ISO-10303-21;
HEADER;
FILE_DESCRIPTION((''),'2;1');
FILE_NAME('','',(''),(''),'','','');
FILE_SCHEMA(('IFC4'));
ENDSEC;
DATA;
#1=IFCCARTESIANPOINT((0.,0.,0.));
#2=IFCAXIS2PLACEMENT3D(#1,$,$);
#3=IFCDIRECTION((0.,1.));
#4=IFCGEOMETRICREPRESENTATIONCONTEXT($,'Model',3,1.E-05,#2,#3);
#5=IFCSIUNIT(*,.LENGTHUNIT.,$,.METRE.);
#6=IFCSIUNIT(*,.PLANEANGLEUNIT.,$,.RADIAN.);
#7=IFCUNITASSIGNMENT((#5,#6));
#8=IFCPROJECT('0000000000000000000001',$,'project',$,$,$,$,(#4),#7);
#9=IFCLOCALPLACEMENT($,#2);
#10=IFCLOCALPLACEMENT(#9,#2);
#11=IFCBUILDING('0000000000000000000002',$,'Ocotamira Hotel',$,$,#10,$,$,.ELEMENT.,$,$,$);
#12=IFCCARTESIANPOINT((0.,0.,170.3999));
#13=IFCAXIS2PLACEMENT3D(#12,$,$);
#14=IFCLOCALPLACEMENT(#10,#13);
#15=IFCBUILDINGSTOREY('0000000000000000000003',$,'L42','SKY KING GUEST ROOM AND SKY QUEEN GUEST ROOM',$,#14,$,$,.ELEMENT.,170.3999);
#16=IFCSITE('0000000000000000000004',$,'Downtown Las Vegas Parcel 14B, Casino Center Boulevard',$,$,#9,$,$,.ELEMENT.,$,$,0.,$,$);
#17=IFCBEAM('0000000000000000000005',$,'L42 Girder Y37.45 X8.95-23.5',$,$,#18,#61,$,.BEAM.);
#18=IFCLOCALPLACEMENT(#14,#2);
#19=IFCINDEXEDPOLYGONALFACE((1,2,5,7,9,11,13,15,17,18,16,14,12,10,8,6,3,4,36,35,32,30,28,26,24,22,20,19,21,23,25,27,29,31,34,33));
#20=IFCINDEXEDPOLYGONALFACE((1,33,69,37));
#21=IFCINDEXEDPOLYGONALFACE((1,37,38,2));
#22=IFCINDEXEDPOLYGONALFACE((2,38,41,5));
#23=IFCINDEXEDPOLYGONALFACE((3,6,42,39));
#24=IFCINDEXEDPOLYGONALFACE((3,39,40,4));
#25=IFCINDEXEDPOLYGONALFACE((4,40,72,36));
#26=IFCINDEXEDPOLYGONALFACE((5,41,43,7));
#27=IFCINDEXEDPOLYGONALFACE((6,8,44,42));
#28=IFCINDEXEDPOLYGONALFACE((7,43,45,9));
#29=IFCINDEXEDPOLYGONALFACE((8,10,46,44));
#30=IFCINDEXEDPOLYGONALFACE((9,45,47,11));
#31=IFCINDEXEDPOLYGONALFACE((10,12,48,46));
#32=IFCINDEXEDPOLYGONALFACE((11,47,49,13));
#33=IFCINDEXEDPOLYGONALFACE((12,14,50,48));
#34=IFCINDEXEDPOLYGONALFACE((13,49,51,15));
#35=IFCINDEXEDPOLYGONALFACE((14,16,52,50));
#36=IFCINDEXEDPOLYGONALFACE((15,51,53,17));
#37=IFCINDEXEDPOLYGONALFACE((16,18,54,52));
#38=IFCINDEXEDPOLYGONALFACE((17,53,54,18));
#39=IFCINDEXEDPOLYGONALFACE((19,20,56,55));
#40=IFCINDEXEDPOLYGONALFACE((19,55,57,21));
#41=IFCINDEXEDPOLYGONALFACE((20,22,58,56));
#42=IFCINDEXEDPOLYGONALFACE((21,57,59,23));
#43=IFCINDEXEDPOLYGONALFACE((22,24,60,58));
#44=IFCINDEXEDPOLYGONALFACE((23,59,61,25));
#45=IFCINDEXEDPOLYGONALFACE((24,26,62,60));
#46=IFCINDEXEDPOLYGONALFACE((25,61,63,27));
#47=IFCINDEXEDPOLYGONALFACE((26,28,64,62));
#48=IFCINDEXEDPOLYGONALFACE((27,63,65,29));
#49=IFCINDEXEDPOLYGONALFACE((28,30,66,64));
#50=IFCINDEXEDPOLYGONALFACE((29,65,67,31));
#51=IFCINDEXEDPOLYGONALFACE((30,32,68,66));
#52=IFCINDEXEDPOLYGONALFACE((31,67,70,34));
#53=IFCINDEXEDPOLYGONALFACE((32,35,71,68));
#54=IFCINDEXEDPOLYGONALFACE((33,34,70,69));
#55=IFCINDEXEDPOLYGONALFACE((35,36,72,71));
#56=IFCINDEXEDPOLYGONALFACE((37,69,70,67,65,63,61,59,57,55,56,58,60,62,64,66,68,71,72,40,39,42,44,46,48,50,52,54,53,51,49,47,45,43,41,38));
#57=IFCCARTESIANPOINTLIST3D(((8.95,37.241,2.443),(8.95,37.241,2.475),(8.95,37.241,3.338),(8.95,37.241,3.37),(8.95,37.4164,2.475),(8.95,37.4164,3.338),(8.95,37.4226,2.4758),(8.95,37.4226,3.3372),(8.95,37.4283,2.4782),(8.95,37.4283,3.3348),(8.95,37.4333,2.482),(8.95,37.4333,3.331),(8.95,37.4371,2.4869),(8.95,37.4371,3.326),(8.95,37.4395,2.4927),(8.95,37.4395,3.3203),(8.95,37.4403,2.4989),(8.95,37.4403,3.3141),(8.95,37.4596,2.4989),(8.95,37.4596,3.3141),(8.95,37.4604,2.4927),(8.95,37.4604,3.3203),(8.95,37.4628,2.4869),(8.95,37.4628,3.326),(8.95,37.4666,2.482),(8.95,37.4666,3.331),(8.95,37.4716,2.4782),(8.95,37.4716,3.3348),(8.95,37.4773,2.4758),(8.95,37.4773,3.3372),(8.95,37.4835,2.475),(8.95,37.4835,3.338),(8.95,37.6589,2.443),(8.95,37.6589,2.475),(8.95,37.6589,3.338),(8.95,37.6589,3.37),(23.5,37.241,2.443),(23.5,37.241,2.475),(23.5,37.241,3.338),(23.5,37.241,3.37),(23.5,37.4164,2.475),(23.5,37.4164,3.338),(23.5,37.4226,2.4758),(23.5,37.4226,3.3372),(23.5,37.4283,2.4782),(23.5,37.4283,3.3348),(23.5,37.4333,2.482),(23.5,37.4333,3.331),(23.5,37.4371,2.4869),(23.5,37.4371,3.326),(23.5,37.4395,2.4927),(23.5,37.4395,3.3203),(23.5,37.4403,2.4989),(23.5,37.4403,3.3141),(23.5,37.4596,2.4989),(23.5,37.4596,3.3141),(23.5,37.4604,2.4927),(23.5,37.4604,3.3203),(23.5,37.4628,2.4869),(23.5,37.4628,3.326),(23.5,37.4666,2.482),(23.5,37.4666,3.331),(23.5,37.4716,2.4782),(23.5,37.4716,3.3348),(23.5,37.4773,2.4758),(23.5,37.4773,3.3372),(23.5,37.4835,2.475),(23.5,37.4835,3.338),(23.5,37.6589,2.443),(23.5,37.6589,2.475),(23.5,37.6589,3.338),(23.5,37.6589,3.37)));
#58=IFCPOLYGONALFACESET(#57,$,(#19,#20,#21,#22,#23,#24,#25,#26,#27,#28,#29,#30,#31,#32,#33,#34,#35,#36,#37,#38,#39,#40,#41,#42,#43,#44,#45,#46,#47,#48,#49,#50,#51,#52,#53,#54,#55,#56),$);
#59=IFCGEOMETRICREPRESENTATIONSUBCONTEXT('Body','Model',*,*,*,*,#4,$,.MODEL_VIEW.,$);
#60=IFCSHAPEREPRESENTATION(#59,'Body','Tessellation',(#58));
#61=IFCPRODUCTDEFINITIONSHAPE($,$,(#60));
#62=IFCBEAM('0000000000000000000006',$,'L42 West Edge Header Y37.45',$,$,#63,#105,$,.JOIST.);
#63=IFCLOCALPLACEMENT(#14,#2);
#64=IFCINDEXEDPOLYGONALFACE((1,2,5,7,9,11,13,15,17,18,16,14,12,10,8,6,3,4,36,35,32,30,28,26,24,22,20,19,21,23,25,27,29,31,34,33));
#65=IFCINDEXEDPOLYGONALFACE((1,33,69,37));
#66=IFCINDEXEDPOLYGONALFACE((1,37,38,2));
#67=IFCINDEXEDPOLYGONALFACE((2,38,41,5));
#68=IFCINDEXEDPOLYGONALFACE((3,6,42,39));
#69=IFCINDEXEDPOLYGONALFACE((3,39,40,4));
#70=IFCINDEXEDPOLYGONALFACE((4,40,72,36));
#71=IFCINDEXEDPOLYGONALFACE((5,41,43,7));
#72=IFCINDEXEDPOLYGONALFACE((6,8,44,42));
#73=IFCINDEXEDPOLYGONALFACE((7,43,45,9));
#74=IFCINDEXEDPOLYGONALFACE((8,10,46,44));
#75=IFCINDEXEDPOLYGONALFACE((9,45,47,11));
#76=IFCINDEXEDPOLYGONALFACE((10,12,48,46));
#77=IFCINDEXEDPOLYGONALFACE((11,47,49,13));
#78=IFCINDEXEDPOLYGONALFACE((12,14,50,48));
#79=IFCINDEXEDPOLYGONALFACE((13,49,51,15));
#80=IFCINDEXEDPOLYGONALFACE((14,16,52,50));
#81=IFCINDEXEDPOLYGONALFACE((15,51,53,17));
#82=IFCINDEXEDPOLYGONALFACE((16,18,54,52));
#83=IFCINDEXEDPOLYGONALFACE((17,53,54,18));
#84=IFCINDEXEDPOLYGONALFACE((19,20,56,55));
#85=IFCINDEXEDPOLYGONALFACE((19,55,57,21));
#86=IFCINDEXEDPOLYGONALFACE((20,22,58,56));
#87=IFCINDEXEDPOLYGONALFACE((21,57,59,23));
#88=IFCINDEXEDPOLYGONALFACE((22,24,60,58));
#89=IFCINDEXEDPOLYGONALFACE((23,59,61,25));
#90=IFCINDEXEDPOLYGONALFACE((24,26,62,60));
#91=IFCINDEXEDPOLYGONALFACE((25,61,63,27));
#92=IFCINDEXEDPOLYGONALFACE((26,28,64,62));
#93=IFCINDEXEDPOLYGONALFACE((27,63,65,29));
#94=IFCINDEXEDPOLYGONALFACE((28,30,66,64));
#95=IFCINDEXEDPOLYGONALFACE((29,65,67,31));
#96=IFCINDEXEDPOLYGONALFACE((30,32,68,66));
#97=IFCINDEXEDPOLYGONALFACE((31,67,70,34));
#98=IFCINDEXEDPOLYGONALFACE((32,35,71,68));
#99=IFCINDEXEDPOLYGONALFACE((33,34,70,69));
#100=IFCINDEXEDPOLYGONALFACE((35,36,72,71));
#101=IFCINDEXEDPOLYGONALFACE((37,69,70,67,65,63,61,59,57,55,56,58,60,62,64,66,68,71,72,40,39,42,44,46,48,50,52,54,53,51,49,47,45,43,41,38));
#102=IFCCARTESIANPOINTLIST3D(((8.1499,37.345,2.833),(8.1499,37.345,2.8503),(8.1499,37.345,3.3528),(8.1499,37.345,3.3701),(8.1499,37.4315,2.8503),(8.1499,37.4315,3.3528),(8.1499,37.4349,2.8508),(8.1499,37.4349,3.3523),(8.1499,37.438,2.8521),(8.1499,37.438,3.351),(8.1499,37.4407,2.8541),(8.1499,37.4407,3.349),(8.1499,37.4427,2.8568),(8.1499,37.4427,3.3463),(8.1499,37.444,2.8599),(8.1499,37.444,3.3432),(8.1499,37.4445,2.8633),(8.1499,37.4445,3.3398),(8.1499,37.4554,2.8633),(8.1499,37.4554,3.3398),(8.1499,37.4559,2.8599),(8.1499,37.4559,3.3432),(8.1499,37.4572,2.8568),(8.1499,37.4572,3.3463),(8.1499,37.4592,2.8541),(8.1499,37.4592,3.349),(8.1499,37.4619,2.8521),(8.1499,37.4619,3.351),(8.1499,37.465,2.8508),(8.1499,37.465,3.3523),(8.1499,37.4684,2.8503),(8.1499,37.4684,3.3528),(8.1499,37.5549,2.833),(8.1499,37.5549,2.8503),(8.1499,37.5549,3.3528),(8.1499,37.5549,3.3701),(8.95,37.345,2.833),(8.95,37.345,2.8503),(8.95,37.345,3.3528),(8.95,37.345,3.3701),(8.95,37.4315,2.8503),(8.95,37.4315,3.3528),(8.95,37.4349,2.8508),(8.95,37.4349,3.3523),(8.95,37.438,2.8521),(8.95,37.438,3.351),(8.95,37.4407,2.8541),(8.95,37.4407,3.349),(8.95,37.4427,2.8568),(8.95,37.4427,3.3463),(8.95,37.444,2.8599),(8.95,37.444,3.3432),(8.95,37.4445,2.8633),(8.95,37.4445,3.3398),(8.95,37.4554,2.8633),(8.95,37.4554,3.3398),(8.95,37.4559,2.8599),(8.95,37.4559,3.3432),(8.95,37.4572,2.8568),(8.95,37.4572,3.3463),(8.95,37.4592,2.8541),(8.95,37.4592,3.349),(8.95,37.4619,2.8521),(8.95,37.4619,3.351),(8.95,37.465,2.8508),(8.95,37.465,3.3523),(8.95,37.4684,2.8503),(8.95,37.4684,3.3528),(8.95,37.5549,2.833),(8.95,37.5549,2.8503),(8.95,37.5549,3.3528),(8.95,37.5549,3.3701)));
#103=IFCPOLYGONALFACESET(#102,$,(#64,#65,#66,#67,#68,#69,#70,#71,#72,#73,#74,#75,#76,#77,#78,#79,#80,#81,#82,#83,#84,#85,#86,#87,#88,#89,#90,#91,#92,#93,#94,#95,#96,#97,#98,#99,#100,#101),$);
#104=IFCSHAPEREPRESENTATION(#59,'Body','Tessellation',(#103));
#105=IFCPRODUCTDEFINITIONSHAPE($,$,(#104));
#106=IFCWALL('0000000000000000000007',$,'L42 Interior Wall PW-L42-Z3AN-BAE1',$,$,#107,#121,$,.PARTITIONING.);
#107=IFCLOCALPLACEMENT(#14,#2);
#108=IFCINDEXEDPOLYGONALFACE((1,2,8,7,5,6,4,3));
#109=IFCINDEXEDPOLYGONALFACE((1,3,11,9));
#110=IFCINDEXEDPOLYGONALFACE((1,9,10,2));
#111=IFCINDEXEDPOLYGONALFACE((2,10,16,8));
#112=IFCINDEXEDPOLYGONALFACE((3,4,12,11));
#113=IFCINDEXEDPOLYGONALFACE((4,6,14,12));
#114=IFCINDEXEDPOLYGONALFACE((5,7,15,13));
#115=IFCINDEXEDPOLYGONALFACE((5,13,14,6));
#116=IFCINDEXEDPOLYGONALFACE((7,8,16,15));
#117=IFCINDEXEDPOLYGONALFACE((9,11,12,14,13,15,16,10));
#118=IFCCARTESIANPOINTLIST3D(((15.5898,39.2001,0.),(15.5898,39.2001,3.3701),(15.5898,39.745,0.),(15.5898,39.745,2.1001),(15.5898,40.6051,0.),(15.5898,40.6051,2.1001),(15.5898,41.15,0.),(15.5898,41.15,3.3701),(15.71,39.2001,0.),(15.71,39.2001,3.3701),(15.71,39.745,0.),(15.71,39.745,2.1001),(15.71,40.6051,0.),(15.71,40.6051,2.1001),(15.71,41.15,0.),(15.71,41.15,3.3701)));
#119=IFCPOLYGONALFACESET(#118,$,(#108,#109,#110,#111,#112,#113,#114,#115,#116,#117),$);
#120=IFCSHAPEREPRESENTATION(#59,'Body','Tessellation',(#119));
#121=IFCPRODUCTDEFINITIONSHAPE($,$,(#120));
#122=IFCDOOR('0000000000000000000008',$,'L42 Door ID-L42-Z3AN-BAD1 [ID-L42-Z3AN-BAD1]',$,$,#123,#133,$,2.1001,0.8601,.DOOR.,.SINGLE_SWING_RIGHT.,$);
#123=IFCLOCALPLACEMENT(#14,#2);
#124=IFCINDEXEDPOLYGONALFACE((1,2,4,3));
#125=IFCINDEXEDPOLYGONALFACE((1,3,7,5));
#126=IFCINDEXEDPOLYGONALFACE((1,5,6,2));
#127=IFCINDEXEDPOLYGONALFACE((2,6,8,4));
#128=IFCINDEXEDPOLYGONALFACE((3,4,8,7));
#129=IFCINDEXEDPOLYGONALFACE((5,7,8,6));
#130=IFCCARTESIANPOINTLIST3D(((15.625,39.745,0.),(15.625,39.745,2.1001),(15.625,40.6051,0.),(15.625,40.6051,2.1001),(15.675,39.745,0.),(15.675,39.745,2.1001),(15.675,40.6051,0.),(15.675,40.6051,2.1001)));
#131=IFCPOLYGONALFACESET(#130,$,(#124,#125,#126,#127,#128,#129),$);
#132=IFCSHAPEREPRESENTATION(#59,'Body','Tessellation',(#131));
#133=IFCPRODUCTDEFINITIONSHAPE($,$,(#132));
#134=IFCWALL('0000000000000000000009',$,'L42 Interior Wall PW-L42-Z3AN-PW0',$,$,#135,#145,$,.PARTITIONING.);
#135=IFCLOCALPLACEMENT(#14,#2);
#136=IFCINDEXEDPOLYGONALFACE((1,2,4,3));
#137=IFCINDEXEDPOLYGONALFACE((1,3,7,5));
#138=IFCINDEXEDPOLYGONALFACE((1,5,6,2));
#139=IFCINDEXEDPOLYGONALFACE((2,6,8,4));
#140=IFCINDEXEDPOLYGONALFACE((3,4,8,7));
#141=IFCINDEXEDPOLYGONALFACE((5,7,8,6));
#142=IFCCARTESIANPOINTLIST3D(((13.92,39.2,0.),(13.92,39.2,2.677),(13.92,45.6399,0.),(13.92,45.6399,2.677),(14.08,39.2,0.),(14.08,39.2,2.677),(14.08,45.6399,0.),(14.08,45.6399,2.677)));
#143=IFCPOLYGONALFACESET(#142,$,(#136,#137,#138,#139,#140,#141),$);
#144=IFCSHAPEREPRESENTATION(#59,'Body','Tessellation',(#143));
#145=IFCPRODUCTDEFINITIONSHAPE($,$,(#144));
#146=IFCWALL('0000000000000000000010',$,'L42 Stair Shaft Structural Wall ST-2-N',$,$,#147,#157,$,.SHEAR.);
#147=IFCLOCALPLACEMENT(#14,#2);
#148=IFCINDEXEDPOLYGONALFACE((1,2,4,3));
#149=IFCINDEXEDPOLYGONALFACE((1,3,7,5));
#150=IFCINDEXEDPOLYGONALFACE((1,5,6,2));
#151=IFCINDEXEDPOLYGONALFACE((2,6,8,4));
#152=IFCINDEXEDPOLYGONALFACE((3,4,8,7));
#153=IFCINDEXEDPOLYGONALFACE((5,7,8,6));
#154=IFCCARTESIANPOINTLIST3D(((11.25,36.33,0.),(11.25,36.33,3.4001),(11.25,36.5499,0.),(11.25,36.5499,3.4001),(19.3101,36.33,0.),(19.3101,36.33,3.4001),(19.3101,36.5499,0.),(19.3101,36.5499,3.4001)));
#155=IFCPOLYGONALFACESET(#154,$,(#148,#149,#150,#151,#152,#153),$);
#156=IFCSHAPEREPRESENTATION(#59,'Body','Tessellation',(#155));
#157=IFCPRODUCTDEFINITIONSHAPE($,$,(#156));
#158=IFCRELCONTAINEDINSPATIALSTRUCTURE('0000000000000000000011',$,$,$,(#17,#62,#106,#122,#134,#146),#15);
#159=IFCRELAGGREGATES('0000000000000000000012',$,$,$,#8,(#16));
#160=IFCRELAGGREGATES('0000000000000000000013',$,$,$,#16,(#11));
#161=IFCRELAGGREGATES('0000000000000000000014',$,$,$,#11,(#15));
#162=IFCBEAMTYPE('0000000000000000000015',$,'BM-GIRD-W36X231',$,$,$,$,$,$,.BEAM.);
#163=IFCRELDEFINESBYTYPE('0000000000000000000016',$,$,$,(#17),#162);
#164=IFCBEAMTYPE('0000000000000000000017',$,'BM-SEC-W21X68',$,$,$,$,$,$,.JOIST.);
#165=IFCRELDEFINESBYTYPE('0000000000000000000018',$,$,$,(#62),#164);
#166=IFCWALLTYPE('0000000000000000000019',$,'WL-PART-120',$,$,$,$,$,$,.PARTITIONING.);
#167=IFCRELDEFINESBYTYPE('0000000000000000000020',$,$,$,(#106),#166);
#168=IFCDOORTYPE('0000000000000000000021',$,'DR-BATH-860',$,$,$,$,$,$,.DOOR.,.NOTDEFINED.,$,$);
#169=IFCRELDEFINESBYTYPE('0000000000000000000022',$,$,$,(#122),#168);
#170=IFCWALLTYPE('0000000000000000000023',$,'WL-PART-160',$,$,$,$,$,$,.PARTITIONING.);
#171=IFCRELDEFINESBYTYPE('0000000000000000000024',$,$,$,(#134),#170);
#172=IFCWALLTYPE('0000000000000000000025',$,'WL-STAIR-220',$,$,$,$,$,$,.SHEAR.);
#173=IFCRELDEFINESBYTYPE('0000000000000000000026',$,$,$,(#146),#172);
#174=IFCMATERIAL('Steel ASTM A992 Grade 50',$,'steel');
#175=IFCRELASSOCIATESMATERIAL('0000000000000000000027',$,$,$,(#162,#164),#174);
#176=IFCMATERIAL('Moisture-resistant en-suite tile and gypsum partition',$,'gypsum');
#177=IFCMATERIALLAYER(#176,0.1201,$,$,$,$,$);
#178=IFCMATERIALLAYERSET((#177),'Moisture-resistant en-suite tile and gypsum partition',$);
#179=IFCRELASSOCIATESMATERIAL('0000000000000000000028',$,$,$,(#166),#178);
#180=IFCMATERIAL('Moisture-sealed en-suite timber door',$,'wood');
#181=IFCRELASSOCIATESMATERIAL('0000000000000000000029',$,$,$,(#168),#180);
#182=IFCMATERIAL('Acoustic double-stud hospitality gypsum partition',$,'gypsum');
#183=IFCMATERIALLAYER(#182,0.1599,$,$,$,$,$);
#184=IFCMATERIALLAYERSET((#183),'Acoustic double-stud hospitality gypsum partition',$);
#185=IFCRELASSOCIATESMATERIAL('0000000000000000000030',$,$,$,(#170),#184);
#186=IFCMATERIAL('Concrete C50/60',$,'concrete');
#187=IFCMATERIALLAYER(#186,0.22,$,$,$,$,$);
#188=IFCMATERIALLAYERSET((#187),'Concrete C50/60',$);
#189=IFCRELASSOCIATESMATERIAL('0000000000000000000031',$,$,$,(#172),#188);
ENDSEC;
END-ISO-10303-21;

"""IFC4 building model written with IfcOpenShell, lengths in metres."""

from ifc_helpers import new_model, si_unit, direction, frame, frame_2d, origin, origin_2d, place, context, subcontext, project, spatial, rectangle, i_section, extrude, source, transform, mapped, material, layer, layer_set, material_profile, profile_set, type_object, element, fill, save


model = new_model("IFC4")

# Units and contexts
model_context = context("Model", 3, precision=1e-05, world=origin(), true_north=direction((0.0, 1.0)))
body_context = subcontext(model_context, "Body", "Model", "MODEL_VIEW")
ifc_project = project(units=[si_unit("LENGTHUNIT", "METRE"), si_unit("PLANEANGLEUNIT", "RADIAN")], contexts=[model_context])

# Site, building, storey
site_placement = place(None, origin())
site = spatial("IfcSite", under=ifc_project, at=site_placement, Name="Downtown Las Vegas Parcel 14B, Casino Center Boulevard", CompositionType="ELEMENT", RefElevation=0.0)
building_placement = place(site_placement, origin())
building = spatial("IfcBuilding", under=site, at=building_placement, Name="Ocotamira Hotel", CompositionType="ELEMENT")
storey_placement = place(building_placement, frame((0.0, 0.0, 170.3999)))
storey = spatial("IfcBuildingStorey", under=building, at=storey_placement, Name="L42", Description="SKY KING GUEST ROOM AND SKY QUEEN GUEST ROOM", CompositionType="ELEMENT", Elevation=170.3999)

# Beams
ifc_material_1 = material(Name="Steel ASTM A992 Grade 50", Category="steel")
ifc_material_profile_1 = material_profile(ifc_material_1, i_section(OverallWidth=0.418, OverallDepth=0.927, WebThickness=0.0193, FlangeThickness=0.032, FilletRadius=0.0239, at=origin_2d()), Name="W36X231")
ifc_profile_set_1 = profile_set([ifc_material_profile_1], Name="Steel ASTM A992 Grade 50")
beam_type_1 = type_object("IfcBeamType", Name="BM-GIRD-W36X231", PredefinedType="BEAM", material=ifc_profile_set_1)
shared_shape_1 = source(origin(), body_context, "Body", "SweptSolid", [
    extrude(i_section(OverallWidth=0.418, OverallDepth=0.927, WebThickness=0.0193, FlangeThickness=0.032, FilletRadius=0.0239, at=origin_2d()), origin(), (0.0, 0.0, 1.0), 14.55),
])
beam_1_placement = place(storey_placement, frame((8.95, 37.45, 2.9065), z_axis=(1.0, 0.0, 0.0), x_axis=(0.0, 1.0, 0.0)))
element("IfcBeam", 1, at=beam_1_placement, inside=storey, type_object=beam_type_1, Name="L42 Girder Y37.45 X8.95-23.5", PredefinedType="BEAM", context=body_context, shape_type="MappedRepresentation", body=[
    mapped(shared_shape_1, transform((0.0, 0.0, 0.0), scale=1.0)),
])
ifc_material_profile_2 = material_profile(ifc_material_1, i_section(OverallWidth=0.21, OverallDepth=0.5371, WebThickness=0.011, FlangeThickness=0.0173, FilletRadius=0.0129, at=origin_2d()), Name="W21X68")
ifc_profile_set_2 = profile_set([ifc_material_profile_2], Name="Steel ASTM A992 Grade 50")
beam_type_2 = type_object("IfcBeamType", Name="BM-SEC-W21X68", PredefinedType="JOIST", material=ifc_profile_set_2)
shared_shape_2 = source(origin(), body_context, "Body", "SweptSolid", [
    extrude(i_section(OverallWidth=0.21, OverallDepth=0.5371, WebThickness=0.011, FlangeThickness=0.0173, FilletRadius=0.0129, at=origin_2d()), origin(), (0.0, 0.0, 1.0), 0.8),
])
beam_2_placement = place(storey_placement, frame((8.95, 37.45, 3.1016), z_axis=(-1.0, 0.0, 0.0), x_axis=(0.0, -1.0, 0.0)))
element("IfcBeam", 2, at=beam_2_placement, inside=storey, type_object=beam_type_2, Name="L42 West Edge Header Y37.45", PredefinedType="JOIST", context=body_context, shape_type="MappedRepresentation", body=[
    mapped(shared_shape_2, transform((0.0, 0.0, 0.0), scale=1.0)),
])

# Shared definitions
ifc_material_2 = material(Name="Concrete C50/60", Category="concrete")

# Wall, opening, door
ifc_material_3 = material(Name="Moisture-resistant en-suite tile and gypsum partition", Category="gypsum")
ifc_layer_1 = layer(ifc_material_3, 0.1201)
ifc_layer_set_1 = layer_set([ifc_layer_1], Name="Moisture-resistant en-suite tile and gypsum partition")
wall_type_1 = type_object("IfcWallType", Name="WL-PART-120", PredefinedType="PARTITIONING", material=ifc_layer_set_1)
wall_1_placement = place(storey_placement, frame((15.6499, 39.2, 0.0), z_axis=(0.0, 0.0, 1.0), x_axis=(0.0, 1.0, 0.0)))
wall_1 = element("IfcWall", 3, at=wall_1_placement, inside=storey, type_object=wall_type_1, Name="L42 Interior Wall PW-L42-Z3AN-BAE1", PredefinedType="PARTITIONING", context=body_context, shape_type="SweptSolid", body=[
    extrude(rectangle(XDim=1.95, YDim=0.1201, at=frame_2d((0.9751, 0.0))), origin(), (0.0, 0.0, 1.0), 3.3701),
])
opening_1_placement = place(wall_1_placement, frame((0.5449, 0.0, 0.0)))
opening_1 = element("IfcOpeningElement", 4, at=opening_1_placement, cuts=wall_1, PredefinedType="OPENING", context=body_context, shape_type="SweptSolid", body=[
    extrude(rectangle(XDim=0.8601, YDim=2.1001, at=frame_2d((0.4302, 1.05))), frame((0.0, 0.0701, 0.0), z_axis=(0.0, -1.0, 0.0), x_axis=(1.0, 0.0, 0.0)), (0.0, 0.0, 1.0), 0.1401),
])
ifc_material_4 = material(Name="Moisture-sealed en-suite timber door", Category="wood")
door_type_1 = type_object("IfcDoorType", Name="DR-BATH-860", OperationType="NOTDEFINED", PredefinedType="DOOR", material=ifc_material_4)
shared_shape_3 = source(origin(), body_context, "Body", "SweptSolid", [
    extrude(rectangle(XDim=0.8601, YDim=2.1001, at=frame_2d((0.4302, 1.05))), frame((0.0, 0.0249, 0.0), z_axis=(0.0, -1.0, 0.0), x_axis=(1.0, 0.0, 0.0)), (0.0, 0.0, 1.0), 0.05),
])
door_1_placement = place(opening_1_placement, origin())
door_1 = element("IfcDoor", 5, at=door_1_placement, inside=storey, type_object=door_type_1, Name="L42 Door ID-L42-Z3AN-BAD1 [ID-L42-Z3AN-BAD1]", OperationType="SINGLE_SWING_RIGHT", OverallHeight=2.1001, OverallWidth=0.8601, PredefinedType="DOOR", context=body_context, shape_type="MappedRepresentation", body=[
    mapped(shared_shape_3, transform((0.0, 0.0, 0.0), scale=1.0)),
])
fill(opening_1, door_1)

# Walls
ifc_material_5 = material(Name="Acoustic double-stud hospitality gypsum partition", Category="gypsum")
ifc_layer_2 = layer(ifc_material_5, 0.1599)
ifc_layer_set_2 = layer_set([ifc_layer_2], Name="Acoustic double-stud hospitality gypsum partition")
wall_type_2 = type_object("IfcWallType", Name="WL-PART-160", PredefinedType="PARTITIONING", material=ifc_layer_set_2)
wall_2_placement = place(storey_placement, frame((14.0, 39.2, 0.0), z_axis=(0.0, 0.0, 1.0), x_axis=(0.0, 1.0, 0.0)))
element("IfcWall", 6, at=wall_2_placement, inside=storey, type_object=wall_type_2, Name="L42 Interior Wall PW-L42-Z3AN-PW0", PredefinedType="PARTITIONING", context=body_context, shape_type="SweptSolid", body=[
    extrude(rectangle(XDim=6.4399, YDim=0.1599, at=frame_2d((3.22, 0.0))), origin(), (0.0, 0.0, 1.0), 2.677),
])
ifc_layer_3 = layer(ifc_material_2, 0.22)
ifc_layer_set_3 = layer_set([ifc_layer_3], Name="Concrete C50/60")
wall_type_3 = type_object("IfcWallType", Name="WL-STAIR-220", PredefinedType="SHEAR", material=ifc_layer_set_3)
wall_3_placement = place(storey_placement, frame((11.25, 36.4399, 0.0), z_axis=(0.0, 0.0, 1.0), x_axis=(1.0, 0.0, 0.0)))
element("IfcWall", 7, at=wall_3_placement, inside=storey, type_object=wall_type_3, Name="L42 Stair Shaft Structural Wall ST-2-N", PredefinedType="SHEAR", context=body_context, shape_type="SweptSolid", body=[
    extrude(rectangle(XDim=8.0601, YDim=0.22, at=frame_2d((4.03, 0.0))), origin(), (0.0, 0.0, 1.0), 3.4001),
])

save(model, "model.ifc")
